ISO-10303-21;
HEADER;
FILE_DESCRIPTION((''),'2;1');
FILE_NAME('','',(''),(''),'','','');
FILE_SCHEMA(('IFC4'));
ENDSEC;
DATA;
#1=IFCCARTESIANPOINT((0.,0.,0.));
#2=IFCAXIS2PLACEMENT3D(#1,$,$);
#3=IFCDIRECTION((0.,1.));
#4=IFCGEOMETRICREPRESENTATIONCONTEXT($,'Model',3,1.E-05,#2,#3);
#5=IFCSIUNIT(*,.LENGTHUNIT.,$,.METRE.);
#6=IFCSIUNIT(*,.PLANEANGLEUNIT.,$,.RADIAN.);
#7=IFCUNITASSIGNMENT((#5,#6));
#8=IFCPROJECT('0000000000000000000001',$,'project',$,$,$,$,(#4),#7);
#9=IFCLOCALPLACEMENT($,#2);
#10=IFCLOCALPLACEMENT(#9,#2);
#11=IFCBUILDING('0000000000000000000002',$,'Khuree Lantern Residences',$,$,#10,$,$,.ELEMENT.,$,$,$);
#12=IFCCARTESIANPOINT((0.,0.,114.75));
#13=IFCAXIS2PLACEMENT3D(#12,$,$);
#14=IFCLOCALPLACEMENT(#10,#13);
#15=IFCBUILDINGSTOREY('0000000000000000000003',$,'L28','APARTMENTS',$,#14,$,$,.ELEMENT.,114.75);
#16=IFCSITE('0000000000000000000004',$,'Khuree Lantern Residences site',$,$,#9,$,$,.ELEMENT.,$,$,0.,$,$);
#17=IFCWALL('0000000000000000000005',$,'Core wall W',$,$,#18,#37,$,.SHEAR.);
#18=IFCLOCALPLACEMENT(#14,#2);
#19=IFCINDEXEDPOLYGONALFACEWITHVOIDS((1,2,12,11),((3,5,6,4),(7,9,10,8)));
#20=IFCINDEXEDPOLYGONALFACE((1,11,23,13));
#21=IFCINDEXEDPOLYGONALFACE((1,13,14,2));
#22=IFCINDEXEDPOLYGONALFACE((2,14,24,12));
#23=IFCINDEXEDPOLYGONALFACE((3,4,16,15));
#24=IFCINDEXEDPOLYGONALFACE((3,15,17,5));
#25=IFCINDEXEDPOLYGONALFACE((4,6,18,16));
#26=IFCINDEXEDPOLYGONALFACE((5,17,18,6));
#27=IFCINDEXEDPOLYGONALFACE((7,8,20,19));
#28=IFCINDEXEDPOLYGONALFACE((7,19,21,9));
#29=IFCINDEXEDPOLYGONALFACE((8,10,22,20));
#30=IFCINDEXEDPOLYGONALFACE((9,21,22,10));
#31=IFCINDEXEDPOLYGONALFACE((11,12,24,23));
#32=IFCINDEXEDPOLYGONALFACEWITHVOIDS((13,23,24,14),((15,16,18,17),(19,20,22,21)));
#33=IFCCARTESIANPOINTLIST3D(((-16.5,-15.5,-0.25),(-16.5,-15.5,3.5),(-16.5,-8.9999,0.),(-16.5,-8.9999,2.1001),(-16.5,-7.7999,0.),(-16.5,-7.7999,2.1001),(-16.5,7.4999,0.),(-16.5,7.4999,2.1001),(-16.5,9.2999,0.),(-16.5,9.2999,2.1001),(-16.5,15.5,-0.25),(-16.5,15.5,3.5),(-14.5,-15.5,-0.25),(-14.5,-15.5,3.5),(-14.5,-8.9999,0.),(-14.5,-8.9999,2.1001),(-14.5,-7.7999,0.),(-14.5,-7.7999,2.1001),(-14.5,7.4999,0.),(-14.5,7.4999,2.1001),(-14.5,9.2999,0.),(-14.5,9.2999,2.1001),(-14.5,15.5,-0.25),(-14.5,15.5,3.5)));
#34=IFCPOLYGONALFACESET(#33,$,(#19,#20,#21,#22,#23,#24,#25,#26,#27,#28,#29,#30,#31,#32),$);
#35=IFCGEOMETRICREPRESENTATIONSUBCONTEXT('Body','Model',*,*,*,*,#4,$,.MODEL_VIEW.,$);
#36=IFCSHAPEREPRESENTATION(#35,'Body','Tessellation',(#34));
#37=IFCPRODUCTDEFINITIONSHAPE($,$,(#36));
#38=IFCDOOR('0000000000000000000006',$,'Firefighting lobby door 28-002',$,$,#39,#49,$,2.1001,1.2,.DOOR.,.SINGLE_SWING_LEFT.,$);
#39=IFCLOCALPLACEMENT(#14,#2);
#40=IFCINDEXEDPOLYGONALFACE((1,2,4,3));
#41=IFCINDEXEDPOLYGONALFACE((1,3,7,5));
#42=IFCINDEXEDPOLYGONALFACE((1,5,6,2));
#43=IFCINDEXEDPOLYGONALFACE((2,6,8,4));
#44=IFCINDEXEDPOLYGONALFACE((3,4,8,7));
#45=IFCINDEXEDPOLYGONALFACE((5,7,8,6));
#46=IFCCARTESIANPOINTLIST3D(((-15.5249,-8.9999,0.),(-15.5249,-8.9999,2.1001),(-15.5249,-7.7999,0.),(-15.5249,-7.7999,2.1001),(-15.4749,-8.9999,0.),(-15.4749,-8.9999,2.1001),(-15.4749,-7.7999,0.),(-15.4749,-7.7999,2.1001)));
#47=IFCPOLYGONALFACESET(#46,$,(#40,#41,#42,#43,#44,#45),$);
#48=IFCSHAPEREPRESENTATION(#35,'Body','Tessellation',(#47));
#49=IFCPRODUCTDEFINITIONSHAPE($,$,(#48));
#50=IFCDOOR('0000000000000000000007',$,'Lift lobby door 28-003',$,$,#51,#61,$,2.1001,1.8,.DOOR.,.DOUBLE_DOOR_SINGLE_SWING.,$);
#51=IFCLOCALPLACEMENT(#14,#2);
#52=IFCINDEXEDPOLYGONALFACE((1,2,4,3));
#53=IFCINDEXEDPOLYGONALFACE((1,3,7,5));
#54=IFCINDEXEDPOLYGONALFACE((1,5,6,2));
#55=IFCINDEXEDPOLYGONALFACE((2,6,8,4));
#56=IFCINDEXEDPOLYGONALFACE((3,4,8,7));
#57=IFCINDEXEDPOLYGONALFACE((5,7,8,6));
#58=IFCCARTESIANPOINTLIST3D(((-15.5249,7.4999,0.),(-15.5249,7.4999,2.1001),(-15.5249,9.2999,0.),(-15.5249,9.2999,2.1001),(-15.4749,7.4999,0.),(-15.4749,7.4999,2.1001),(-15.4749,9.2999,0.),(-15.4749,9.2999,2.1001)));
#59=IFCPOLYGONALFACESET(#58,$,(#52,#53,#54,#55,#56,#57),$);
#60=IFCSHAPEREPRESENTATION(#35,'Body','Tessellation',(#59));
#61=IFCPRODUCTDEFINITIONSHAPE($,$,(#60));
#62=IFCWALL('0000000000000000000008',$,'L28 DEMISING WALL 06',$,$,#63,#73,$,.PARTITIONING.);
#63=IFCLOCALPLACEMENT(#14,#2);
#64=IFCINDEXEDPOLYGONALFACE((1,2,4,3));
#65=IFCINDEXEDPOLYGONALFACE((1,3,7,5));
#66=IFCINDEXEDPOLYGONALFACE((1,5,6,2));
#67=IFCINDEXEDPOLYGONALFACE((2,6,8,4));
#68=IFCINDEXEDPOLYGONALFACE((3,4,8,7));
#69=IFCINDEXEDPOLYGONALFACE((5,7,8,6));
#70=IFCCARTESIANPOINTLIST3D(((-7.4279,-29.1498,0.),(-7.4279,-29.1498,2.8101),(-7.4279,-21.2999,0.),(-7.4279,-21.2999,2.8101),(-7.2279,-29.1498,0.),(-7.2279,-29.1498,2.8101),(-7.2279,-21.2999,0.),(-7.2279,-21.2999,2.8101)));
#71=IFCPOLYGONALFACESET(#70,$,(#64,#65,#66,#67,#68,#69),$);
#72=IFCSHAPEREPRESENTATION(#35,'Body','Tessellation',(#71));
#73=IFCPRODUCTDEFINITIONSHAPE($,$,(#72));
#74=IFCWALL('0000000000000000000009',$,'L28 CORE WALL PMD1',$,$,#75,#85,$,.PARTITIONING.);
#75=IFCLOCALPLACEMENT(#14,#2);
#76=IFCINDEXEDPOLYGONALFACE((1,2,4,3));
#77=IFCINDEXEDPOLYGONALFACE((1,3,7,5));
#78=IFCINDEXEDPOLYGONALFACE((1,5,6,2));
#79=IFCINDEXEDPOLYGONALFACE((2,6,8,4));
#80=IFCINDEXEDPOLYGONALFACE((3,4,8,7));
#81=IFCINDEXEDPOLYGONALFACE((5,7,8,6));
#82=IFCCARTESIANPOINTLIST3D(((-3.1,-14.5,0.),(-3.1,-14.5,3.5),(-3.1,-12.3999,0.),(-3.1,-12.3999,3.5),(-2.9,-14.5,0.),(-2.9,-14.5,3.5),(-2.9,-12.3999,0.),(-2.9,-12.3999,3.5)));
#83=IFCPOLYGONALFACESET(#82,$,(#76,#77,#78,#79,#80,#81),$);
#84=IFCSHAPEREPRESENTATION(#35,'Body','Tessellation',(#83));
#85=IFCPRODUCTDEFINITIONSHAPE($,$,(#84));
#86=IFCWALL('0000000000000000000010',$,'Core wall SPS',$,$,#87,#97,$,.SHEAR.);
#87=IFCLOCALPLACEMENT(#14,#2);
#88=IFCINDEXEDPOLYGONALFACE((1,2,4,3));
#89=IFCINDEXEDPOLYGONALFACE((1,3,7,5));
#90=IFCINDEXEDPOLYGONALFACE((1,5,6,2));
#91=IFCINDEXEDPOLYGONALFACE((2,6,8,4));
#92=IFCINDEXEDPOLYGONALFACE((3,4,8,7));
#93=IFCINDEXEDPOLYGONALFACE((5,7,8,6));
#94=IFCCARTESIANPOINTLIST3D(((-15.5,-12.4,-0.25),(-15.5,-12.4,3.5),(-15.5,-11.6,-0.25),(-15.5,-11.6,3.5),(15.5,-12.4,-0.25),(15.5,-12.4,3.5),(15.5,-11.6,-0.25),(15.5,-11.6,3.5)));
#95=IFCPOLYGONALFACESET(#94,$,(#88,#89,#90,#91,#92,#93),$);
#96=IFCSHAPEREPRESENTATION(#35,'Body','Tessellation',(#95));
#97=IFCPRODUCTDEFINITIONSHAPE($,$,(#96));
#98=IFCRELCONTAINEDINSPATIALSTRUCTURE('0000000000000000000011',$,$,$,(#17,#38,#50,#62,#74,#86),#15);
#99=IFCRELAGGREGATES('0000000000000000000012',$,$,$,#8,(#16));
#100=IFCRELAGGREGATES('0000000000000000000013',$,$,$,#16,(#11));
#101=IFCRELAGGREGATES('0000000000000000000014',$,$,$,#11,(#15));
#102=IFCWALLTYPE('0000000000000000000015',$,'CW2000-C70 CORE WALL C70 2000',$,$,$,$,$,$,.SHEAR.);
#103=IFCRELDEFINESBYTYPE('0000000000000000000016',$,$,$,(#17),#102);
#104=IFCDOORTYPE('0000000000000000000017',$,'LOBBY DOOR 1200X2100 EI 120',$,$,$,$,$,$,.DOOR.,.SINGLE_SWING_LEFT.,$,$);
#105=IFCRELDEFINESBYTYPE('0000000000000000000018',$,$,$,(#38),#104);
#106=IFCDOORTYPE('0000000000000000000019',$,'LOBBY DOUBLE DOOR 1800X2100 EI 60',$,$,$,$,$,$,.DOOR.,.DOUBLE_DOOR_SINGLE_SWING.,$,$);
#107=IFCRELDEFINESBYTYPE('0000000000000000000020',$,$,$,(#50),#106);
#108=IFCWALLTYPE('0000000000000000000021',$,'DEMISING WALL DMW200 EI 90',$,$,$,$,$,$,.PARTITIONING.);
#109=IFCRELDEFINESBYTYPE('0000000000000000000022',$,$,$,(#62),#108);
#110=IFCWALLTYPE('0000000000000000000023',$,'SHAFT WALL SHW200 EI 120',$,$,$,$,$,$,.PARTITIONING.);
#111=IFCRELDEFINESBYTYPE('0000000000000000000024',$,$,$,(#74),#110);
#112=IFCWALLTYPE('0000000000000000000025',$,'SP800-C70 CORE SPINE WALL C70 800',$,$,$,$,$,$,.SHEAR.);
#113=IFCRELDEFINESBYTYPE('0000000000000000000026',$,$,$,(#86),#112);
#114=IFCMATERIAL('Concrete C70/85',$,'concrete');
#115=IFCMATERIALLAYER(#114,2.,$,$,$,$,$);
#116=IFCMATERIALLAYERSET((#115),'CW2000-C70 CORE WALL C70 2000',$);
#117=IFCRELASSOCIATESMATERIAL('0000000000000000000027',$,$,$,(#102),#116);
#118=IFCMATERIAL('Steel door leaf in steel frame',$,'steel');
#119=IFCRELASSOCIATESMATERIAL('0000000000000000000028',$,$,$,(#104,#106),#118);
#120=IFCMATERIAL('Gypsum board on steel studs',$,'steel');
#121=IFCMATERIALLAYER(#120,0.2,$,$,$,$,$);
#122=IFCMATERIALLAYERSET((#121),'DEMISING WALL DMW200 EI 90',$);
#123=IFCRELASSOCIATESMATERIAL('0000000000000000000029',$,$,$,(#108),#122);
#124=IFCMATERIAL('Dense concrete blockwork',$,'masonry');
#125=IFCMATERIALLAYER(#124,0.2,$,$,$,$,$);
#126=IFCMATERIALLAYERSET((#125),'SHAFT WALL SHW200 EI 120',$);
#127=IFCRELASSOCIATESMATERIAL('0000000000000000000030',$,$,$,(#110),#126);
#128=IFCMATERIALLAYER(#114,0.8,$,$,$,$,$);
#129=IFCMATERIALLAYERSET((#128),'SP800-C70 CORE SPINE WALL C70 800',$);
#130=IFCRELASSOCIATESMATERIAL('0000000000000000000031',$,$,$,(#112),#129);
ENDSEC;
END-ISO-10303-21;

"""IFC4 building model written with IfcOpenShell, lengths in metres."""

from ifc_helpers import new_model, si_unit, direction, frame, frame_2d, origin, place, context, subcontext, project, spatial, rectangle, extrude, material, layer, layer_set, type_object, element, fill, save


model = new_model("IFC4")

# Units and contexts
model_context = context("Model", 3, precision=1e-05, world=origin(), true_north=direction((0.0, 1.0)))
body_context = subcontext(model_context, "Body", "Model", "MODEL_VIEW")
ifc_project = project(units=[si_unit("LENGTHUNIT", "METRE"), si_unit("PLANEANGLEUNIT", "RADIAN")], contexts=[model_context])

# Site, building, storey
site_placement = place(None, origin())
site = spatial("IfcSite", under=ifc_project, at=site_placement, Name="Khuree Lantern Residences site", CompositionType="ELEMENT", RefElevation=0.0)
building_placement = place(site_placement, origin())
building = spatial("IfcBuilding", under=site, at=building_placement, Name="Khuree Lantern Residences", CompositionType="ELEMENT")
storey_placement = place(building_placement, frame((0.0, 0.0, 114.75)))
storey = spatial("IfcBuildingStorey", under=building, at=storey_placement, Name="L28", Description="APARTMENTS", CompositionType="ELEMENT", Elevation=114.75)

# Shared definitions
ifc_material_1 = material(Name="Concrete C70/85", Category="concrete")

# Shared definitions
ifc_material_2 = material(Name="Dense concrete blockwork", Category="masonry")

# Shared definitions
ifc_material_3 = material(Name="Gypsum board on steel studs", Category="steel")

# Wall, openings, doors
ifc_layer_1 = layer(ifc_material_1, 2.0)
ifc_layer_set_1 = layer_set([ifc_layer_1], Name="CW2000-C70 CORE WALL C70 2000")
wall_type_1 = type_object("IfcWallType", Name="CW2000-C70 CORE WALL C70 2000", PredefinedType="SHEAR", material=ifc_layer_set_1)
wall_1_placement = place(storey_placement, frame((-15.5, -15.5, -0.25), z_axis=(0.0, 0.0, 1.0), x_axis=(0.0, 1.0, 0.0)))
wall_1 = element("IfcWall", 1, at=wall_1_placement, inside=storey, type_object=wall_type_1, Name="Core wall W", PredefinedType="SHEAR", context=body_context, shape_type="SweptSolid", body=[
    extrude(rectangle(XDim=31.0, YDim=2.0, at=frame_2d((15.5, 0.0))), origin(), (0.0, 0.0, 1.0), 3.75),
])
opening_1_placement = place(wall_1_placement, frame((6.5, 0.0, 0.25)))
opening_1 = element("IfcOpeningElement", 2, at=opening_1_placement, cuts=wall_1, PredefinedType="OPENING", context=body_context, shape_type="SweptSolid", body=[
    extrude(rectangle(XDim=1.2, YDim=2.1001, at=frame_2d((0.6001, 1.05))), frame((0.0, 1.01, 0.0), z_axis=(0.0, -1.0, 0.0), x_axis=(1.0, 0.0, 0.0)), (0.0, 0.0, 1.0), 2.02),
])
opening_2_placement = place(wall_1_placement, frame((23.0, 0.0, 0.25)))
opening_2 = element("IfcOpeningElement", 3, at=opening_2_placement, cuts=wall_1, PredefinedType="OPENING", context=body_context, shape_type="SweptSolid", body=[
    extrude(rectangle(XDim=1.8, YDim=2.1001, at=frame_2d((0.8999, 1.05))), frame((0.0, 1.01, 0.0), z_axis=(0.0, -1.0, 0.0), x_axis=(1.0, 0.0, 0.0)), (0.0, 0.0, 1.0), 2.02),
])
ifc_material_4 = material(Name="Steel door leaf in steel frame", Category="steel")
door_type_1 = type_object("IfcDoorType", Name="LOBBY DOOR 1200X2100 EI 120", OperationType="SINGLE_SWING_LEFT", PredefinedType="DOOR", material=ifc_material_4)
door_1_placement = place(opening_1_placement, origin())
door_1 = element("IfcDoor", 4, at=door_1_placement, inside=storey, type_object=door_type_1, Name="Firefighting lobby door 28-002", OperationType="SINGLE_SWING_LEFT", OverallHeight=2.1001, OverallWidth=1.2, PredefinedType="DOOR", context=body_context, shape_type="SweptSolid", body=[
    extrude(rectangle(XDim=1.2, YDim=2.1001, at=frame_2d((0.6001, 1.05))), frame((0.0, 0.0249, 0.0), z_axis=(0.0, -1.0, 0.0), x_axis=(1.0, 0.0, 0.0)), (0.0, 0.0, 1.0), 0.05),
])
fill(opening_1, door_1)
door_type_2 = type_object("IfcDoorType", Name="LOBBY DOUBLE DOOR 1800X2100 EI 60", OperationType="DOUBLE_DOOR_SINGLE_SWING", PredefinedType="DOOR", material=ifc_material_4)
door_2_placement = place(opening_2_placement, origin())
door_2 = element("IfcDoor", 5, at=door_2_placement, inside=storey, type_object=door_type_2, Name="Lift lobby door 28-003", OperationType="DOUBLE_DOOR_SINGLE_SWING", OverallHeight=2.1001, OverallWidth=1.8, PredefinedType="DOOR", context=body_context, shape_type="SweptSolid", body=[
    extrude(rectangle(XDim=1.8, YDim=2.1001, at=frame_2d((0.8999, 1.05))), frame((0.0, 0.0249, 0.0), z_axis=(0.0, -1.0, 0.0), x_axis=(1.0, 0.0, 0.0)), (0.0, 0.0, 1.0), 0.05),
])
fill(opening_2, door_2)

# Walls
ifc_layer_2 = layer(ifc_material_3, 0.2)
ifc_layer_set_2 = layer_set([ifc_layer_2], Name="DEMISING WALL DMW200 EI 90")
wall_type_2 = type_object("IfcWallType", Name="DEMISING WALL DMW200 EI 90", PredefinedType="PARTITIONING", material=ifc_layer_set_2)
wall_2_placement = place(storey_placement, frame((-7.3279, -21.3, 0.0), z_axis=(0.0, 0.0, 1.0), x_axis=(0.0, -1.0, 0.0)))
element("IfcWall", 6, at=wall_2_placement, inside=storey, type_object=wall_type_2, Name="L28 DEMISING WALL 06", PredefinedType="PARTITIONING", context=body_context, shape_type="SweptSolid", body=[
    extrude(rectangle(XDim=7.8499, YDim=0.2, at=frame_2d((3.9248, 0.0))), origin(), (0.0, 0.0, 1.0), 2.8101),
])
ifc_layer_3 = layer(ifc_material_2, 0.2)
ifc_layer_set_3 = layer_set([ifc_layer_3], Name="SHAFT WALL SHW200 EI 120")
wall_type_3 = type_object("IfcWallType", Name="SHAFT WALL SHW200 EI 120", PredefinedType="PARTITIONING", material=ifc_layer_set_3)
wall_3_placement = place(storey_placement, frame((-3.0, -14.5, 0.0), z_axis=(0.0, 0.0, 1.0), x_axis=(0.0, 1.0, 0.0)))
element("IfcWall", 7, at=wall_3_placement, inside=storey, type_object=wall_type_3, Name="L28 CORE WALL PMD1", PredefinedType="PARTITIONING", context=body_context, shape_type="SweptSolid", body=[
    extrude(rectangle(XDim=2.1001, YDim=0.2, at=frame_2d((1.05, 0.0))), origin(), (0.0, 0.0, 1.0), 3.5),
])
ifc_layer_4 = layer(ifc_material_1, 0.8)
ifc_layer_set_4 = layer_set([ifc_layer_4], Name="SP800-C70 CORE SPINE WALL C70 800")
wall_type_4 = type_object("IfcWallType", Name="SP800-C70 CORE SPINE WALL C70 800", PredefinedType="SHEAR", material=ifc_layer_set_4)
wall_4_placement = place(storey_placement, frame((-15.5, -12.0, -0.25), z_axis=(0.0, 0.0, 1.0), x_axis=(1.0, 0.0, 0.0)))
element("IfcWall", 8, at=wall_4_placement, inside=storey, type_object=wall_type_4, Name="Core wall SPS", PredefinedType="SHEAR", context=body_context, shape_type="SweptSolid", body=[
    extrude(rectangle(XDim=31.0, YDim=0.8, at=frame_2d((15.5, 0.0))), origin(), (0.0, 0.0, 1.0), 3.75),
])

save(model, "model.ifc")
